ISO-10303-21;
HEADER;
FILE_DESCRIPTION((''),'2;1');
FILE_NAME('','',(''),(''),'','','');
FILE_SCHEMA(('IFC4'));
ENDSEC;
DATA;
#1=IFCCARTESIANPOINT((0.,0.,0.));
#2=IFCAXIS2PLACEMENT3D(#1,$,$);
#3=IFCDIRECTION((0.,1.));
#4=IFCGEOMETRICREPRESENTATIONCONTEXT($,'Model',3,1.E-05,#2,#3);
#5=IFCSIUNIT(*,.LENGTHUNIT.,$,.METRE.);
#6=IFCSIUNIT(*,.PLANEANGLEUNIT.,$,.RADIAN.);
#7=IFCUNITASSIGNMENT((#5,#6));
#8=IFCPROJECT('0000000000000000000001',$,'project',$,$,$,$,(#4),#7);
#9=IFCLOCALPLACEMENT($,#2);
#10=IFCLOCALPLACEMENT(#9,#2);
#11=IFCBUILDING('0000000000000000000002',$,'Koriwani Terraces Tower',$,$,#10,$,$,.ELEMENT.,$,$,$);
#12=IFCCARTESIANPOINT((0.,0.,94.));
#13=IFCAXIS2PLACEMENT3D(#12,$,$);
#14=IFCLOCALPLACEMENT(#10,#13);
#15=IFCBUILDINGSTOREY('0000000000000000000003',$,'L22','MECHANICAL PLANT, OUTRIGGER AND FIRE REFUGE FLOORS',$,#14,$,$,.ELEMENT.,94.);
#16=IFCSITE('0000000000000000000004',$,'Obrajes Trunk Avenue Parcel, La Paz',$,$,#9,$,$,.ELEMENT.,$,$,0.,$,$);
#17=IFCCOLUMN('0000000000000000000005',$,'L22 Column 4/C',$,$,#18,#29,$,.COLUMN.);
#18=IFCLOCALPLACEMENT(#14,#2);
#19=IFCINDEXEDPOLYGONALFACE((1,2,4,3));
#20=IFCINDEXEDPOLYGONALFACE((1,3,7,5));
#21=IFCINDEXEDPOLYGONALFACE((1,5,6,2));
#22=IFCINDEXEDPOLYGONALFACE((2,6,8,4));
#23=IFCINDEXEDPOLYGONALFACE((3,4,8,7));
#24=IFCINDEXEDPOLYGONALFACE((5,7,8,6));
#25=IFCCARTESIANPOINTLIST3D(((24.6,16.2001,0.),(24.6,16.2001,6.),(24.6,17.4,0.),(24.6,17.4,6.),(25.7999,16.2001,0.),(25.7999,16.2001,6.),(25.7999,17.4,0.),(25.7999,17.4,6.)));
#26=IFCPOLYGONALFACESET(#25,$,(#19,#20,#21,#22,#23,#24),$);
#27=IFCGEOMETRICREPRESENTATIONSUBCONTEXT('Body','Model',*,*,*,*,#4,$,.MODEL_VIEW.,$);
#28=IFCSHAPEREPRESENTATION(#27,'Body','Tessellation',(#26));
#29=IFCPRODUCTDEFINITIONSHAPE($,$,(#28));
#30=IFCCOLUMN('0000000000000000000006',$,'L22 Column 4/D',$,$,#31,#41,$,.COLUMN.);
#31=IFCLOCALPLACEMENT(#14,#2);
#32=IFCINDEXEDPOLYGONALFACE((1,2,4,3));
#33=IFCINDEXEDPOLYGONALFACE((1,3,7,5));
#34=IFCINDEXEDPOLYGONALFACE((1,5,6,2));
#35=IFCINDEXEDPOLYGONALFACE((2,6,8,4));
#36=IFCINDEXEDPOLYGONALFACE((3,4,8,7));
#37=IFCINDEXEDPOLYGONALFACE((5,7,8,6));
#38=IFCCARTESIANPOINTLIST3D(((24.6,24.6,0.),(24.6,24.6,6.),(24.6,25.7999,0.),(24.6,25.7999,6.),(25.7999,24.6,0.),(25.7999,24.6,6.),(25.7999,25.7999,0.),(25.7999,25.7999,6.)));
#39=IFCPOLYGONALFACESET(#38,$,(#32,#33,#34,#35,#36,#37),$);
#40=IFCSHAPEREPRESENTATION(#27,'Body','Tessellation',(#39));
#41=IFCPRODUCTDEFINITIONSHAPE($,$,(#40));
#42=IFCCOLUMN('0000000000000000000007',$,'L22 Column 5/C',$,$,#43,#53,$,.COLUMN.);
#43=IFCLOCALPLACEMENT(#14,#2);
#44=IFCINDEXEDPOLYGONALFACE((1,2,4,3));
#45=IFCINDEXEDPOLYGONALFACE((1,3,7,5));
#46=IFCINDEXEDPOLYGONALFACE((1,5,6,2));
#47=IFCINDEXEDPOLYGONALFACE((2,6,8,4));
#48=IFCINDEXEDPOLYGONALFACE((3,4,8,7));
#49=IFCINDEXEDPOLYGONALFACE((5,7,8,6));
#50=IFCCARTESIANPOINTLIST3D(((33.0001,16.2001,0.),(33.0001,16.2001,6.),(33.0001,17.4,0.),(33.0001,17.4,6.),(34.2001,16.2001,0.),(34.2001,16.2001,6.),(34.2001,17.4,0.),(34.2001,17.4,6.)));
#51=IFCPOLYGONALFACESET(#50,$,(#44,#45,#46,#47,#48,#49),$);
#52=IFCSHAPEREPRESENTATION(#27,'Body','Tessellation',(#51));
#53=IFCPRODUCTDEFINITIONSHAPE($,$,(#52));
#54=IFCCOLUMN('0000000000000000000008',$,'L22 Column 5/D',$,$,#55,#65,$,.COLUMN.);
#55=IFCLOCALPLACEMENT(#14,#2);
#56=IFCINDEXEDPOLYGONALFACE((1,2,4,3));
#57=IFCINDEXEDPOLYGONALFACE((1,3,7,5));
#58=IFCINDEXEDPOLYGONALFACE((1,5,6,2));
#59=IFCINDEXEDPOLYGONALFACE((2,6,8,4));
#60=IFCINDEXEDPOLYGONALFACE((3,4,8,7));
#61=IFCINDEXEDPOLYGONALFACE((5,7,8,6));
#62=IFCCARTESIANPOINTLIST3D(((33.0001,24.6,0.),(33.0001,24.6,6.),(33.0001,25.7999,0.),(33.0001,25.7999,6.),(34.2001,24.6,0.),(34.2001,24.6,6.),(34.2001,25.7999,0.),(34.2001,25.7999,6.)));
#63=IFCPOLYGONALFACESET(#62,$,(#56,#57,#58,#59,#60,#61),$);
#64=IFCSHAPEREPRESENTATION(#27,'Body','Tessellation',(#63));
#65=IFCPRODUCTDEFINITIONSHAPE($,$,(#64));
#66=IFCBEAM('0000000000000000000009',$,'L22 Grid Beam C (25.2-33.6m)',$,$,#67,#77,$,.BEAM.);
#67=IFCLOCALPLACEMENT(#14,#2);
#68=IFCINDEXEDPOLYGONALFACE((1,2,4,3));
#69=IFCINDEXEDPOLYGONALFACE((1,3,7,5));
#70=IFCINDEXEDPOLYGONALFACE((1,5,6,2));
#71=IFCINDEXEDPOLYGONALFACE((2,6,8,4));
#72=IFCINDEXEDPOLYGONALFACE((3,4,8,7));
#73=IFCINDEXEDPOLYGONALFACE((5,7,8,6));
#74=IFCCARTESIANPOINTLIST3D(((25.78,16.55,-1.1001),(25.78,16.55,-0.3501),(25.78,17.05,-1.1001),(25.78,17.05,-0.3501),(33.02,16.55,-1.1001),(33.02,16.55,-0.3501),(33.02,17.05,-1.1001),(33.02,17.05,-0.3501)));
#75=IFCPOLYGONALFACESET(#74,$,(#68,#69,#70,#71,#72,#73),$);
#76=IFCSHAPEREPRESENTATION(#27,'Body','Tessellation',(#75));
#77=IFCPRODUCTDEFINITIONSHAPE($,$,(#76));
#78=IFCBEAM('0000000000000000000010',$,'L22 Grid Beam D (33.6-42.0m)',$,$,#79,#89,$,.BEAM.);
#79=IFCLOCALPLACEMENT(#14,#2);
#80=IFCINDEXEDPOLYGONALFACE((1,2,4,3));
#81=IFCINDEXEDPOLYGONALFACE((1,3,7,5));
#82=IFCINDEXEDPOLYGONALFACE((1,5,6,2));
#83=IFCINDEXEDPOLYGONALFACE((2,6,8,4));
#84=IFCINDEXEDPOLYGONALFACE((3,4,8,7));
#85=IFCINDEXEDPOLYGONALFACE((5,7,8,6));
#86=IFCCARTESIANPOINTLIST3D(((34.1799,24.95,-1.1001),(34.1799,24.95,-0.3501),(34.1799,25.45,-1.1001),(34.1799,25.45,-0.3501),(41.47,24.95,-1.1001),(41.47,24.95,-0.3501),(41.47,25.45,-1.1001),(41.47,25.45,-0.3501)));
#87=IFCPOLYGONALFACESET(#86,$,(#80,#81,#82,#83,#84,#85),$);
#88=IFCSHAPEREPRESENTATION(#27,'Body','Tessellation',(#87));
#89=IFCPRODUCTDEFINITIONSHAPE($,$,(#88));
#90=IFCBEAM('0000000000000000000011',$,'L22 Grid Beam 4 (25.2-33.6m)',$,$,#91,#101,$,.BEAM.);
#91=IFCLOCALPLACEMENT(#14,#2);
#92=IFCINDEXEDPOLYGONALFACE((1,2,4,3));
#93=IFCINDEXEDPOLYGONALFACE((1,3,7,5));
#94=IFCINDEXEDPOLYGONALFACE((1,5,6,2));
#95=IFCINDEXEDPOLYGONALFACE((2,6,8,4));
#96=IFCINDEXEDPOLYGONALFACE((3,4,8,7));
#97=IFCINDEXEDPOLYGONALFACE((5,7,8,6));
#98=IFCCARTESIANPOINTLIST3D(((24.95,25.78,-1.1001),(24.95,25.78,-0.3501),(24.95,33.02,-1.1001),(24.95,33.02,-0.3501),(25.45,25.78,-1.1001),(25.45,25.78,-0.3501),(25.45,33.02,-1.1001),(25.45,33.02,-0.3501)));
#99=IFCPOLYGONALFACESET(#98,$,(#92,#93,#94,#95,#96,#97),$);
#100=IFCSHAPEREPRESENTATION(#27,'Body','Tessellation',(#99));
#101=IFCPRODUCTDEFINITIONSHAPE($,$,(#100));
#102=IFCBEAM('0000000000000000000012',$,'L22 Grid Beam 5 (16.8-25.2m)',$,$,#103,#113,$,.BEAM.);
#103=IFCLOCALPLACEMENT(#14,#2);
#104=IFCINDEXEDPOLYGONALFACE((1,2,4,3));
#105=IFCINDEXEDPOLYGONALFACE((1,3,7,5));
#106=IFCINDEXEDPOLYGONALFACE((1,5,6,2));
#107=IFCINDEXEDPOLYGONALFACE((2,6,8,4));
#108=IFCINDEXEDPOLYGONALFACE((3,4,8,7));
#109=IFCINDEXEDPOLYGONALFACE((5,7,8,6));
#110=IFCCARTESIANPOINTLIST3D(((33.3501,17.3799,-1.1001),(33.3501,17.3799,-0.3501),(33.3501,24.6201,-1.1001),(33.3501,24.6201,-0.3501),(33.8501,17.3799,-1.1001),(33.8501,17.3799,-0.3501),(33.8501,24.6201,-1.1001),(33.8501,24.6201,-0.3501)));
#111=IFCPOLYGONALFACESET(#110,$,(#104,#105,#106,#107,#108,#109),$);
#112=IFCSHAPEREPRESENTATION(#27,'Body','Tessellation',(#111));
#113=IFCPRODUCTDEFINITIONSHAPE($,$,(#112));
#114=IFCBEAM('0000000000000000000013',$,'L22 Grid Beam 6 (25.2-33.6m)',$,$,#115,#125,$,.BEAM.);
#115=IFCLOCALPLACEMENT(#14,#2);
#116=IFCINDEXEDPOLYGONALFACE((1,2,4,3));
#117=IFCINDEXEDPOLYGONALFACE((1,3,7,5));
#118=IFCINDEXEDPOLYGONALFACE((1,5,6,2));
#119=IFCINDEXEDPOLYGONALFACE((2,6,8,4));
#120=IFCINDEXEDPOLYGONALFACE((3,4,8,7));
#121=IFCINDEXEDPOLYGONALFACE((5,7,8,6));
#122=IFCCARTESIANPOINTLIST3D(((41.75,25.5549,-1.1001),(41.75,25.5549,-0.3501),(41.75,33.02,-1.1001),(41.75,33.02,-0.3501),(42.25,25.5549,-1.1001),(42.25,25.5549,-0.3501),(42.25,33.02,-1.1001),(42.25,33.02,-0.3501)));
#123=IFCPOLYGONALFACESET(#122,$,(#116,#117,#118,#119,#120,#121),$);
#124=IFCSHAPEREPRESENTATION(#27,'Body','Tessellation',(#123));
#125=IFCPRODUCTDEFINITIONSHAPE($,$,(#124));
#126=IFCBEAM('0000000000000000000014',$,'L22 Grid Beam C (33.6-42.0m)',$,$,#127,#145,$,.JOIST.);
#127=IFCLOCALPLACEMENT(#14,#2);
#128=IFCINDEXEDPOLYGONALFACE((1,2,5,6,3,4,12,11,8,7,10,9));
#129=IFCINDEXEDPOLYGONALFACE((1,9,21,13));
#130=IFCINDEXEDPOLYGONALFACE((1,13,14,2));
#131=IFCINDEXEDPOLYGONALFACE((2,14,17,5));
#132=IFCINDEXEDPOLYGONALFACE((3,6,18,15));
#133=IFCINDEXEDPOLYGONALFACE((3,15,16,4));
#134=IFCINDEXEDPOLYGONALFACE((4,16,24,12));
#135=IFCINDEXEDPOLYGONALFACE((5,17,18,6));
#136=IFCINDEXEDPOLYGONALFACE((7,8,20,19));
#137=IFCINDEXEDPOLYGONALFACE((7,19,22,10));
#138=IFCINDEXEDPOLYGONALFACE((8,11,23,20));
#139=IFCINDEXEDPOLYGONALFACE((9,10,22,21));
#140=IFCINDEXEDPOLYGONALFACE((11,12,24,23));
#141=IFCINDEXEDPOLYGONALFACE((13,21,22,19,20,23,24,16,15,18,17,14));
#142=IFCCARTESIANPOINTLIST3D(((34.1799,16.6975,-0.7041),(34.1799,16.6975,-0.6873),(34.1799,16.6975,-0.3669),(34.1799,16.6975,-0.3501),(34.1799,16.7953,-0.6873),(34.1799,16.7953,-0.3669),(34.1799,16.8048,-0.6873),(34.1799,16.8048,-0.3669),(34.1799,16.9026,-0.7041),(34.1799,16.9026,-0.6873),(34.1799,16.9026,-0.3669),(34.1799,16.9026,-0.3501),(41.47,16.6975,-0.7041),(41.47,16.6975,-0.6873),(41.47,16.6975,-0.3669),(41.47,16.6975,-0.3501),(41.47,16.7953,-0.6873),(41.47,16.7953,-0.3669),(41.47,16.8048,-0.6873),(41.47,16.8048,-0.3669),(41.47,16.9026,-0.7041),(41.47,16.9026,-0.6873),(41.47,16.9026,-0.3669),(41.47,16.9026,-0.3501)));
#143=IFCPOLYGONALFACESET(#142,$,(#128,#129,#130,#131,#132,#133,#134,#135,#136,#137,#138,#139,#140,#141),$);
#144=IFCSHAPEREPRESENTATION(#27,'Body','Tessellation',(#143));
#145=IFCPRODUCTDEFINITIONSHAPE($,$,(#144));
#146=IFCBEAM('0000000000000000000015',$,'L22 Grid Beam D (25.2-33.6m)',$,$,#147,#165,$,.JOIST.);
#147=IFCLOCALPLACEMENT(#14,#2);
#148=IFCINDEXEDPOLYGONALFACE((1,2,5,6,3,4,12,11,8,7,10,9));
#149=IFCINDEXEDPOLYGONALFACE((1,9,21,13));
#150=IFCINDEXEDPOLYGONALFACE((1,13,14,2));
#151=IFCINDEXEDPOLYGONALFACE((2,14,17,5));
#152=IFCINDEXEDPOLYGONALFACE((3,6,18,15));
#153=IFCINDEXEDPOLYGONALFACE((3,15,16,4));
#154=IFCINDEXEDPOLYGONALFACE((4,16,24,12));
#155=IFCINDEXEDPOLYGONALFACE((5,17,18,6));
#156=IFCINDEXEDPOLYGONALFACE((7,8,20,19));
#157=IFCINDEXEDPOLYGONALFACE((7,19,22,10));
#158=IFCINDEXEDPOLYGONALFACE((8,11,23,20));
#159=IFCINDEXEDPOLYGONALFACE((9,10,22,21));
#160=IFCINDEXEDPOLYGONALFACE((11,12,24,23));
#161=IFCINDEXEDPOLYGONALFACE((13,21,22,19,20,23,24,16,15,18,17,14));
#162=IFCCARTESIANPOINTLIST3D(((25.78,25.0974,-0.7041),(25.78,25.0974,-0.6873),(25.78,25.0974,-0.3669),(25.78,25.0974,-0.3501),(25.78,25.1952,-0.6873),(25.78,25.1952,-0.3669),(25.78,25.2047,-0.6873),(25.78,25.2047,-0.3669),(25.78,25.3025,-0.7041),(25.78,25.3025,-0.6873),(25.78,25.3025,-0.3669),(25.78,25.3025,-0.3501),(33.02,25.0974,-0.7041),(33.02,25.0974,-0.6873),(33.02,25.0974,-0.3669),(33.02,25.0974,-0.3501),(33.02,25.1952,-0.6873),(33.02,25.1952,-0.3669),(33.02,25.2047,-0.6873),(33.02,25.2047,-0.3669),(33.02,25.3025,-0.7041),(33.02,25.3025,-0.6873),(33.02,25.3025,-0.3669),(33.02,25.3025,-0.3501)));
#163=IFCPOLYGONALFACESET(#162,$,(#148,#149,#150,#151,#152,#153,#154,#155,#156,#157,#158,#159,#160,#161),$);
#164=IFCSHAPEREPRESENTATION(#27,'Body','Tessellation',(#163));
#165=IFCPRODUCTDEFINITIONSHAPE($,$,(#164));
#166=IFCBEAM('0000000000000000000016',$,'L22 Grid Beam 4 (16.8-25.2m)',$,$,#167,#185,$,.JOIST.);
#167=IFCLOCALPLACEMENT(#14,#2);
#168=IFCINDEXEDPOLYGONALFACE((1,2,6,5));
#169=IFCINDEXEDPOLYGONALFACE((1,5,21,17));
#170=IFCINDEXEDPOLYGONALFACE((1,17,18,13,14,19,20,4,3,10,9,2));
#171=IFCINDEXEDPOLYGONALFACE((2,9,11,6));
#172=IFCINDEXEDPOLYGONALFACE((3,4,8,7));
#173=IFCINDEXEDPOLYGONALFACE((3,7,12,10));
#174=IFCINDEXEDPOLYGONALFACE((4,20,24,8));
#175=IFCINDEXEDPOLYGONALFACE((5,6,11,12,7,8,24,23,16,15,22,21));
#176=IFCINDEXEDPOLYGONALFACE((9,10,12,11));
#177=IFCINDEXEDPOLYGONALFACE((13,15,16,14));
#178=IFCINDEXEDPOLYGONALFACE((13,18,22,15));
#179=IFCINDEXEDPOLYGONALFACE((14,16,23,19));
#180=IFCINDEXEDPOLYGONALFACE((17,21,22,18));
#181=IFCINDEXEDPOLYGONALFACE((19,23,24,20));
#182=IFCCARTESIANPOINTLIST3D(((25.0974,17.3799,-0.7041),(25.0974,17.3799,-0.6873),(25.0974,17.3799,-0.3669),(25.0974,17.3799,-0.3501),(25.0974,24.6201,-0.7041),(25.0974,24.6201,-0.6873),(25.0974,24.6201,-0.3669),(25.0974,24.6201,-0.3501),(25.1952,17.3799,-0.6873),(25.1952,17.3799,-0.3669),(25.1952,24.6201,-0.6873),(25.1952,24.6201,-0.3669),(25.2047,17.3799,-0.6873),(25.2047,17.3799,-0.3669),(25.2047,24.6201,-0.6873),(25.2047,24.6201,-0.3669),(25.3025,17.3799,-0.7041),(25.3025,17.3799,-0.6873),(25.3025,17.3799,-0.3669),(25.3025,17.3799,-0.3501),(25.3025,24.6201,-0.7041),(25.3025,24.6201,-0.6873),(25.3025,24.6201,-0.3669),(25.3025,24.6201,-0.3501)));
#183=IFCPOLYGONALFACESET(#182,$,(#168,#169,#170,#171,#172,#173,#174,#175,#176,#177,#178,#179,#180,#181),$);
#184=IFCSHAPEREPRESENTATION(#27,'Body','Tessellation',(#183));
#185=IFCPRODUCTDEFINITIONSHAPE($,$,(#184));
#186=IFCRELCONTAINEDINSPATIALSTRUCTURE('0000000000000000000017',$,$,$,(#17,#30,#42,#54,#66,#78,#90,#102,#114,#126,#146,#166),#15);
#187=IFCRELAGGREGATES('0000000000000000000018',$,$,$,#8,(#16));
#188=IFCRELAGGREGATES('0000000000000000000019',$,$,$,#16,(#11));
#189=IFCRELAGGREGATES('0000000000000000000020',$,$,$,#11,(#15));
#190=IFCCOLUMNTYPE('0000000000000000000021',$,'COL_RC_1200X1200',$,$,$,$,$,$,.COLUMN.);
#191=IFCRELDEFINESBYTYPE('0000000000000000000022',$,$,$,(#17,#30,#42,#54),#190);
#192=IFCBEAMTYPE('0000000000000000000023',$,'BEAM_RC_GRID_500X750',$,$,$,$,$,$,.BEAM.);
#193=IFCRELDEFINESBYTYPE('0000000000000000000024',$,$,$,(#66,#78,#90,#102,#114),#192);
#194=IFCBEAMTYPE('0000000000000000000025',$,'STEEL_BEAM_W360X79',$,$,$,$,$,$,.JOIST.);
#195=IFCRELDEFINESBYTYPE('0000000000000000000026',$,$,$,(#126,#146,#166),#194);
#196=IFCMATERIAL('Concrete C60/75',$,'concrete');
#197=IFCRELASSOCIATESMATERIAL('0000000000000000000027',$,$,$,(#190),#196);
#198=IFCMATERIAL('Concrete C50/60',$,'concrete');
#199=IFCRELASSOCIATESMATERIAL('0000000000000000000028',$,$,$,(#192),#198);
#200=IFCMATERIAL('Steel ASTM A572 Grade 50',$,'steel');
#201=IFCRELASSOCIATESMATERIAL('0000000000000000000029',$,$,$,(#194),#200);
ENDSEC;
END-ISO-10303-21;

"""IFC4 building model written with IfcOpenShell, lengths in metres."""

from ifc_helpers import new_model, si_unit, direction, frame, origin, origin_2d, place, context, subcontext, project, spatial, rectangle, i_section, extrude, material, material_profile, profile_set, type_object, element, save


model = new_model("IFC4")

# Units and contexts
model_context = context("Model", 3, precision=1e-05, world=origin(), true_north=direction((0.0, 1.0)))
body_context = subcontext(model_context, "Body", "Model", "MODEL_VIEW")
ifc_project = project(units=[si_unit("LENGTHUNIT", "METRE"), si_unit("PLANEANGLEUNIT", "RADIAN")], contexts=[model_context])

# Site, building, storey
site_placement = place(None, origin())
site = spatial("IfcSite", under=ifc_project, at=site_placement, Name="Obrajes Trunk Avenue Parcel, La Paz", CompositionType="ELEMENT", RefElevation=0.0)
building_placement = place(site_placement, origin())
building = spatial("IfcBuilding", under=site, at=building_placement, Name="Koriwani Terraces Tower", CompositionType="ELEMENT")
storey_placement = place(building_placement, frame((0.0, 0.0, 94.0)))
storey = spatial("IfcBuildingStorey", under=building, at=storey_placement, Name="L22", Description="MECHANICAL PLANT, OUTRIGGER AND FIRE REFUGE FLOORS", CompositionType="ELEMENT", Elevation=94.0)

# Columns
ifc_material_1 = material(Name="Concrete C60/75", Category="concrete")
ifc_material_profile_1 = material_profile(ifc_material_1, rectangle(XDim=1.2, YDim=1.2, at=origin_2d()), Name="Concrete C60/75", Category="LoadBearing")
ifc_profile_set_1 = profile_set([ifc_material_profile_1], Name="Concrete C60/75")
column_type = type_object("IfcColumnType", Name="COL_RC_1200X1200", PredefinedType="COLUMN", material=ifc_profile_set_1)
for number, where, z_axis, x_axis, name in (
    (1, (25.2, 16.8, 0.0), (0.0, 0.0, 1.0), (1.0, 0.0, 0.0), "L22 Column 4/C"),
    (2, (25.2, 25.2, 0.0), (0.0, 0.0, 1.0), (1.0, 0.0, 0.0), "L22 Column 4/D"),
    (3, (33.6001, 16.8, 0.0), (0.0, 0.0, 1.0), (1.0, 0.0, 0.0), "L22 Column 5/C"),
    (4, (33.6001, 25.2, 0.0), (0.0, 0.0, 1.0), (1.0, 0.0, 0.0), "L22 Column 5/D"),
):
    element("IfcColumn", number, at=place(storey_placement, frame(where, z_axis=z_axis, x_axis=x_axis)), inside=storey, type_object=column_type, Name=name, PredefinedType="COLUMN", context=body_context, shape_type="SweptSolid", body=[
        extrude(rectangle(XDim=1.2, YDim=1.2, at=origin_2d()), origin(), (0.0, 0.0, 1.0), 6.0),
    ])

# Beams
ifc_material_2 = material(Name="Concrete C50/60", Category="concrete")
ifc_material_profile_2 = material_profile(ifc_material_2, rectangle(XDim=0.5, YDim=0.75, at=origin_2d()), Name="Concrete C50/60", Category="LoadBearing")
ifc_profile_set_2 = profile_set([ifc_material_profile_2], Name="Concrete C50/60")
beam_type_1 = type_object("IfcBeamType", Name="BEAM_RC_GRID_500X750", PredefinedType="BEAM", material=ifc_profile_set_2)
beam_1_placement = place(storey_placement, frame((25.78, 16.8, -0.7251), z_axis=(1.0, 0.0, 0.0), x_axis=(0.0, 1.0, 0.0)))
element("IfcBeam", 5, at=beam_1_placement, inside=storey, type_object=beam_type_1, Name="L22 Grid Beam C (25.2-33.6m)", PredefinedType="BEAM", context=body_context, shape_type="SweptSolid", body=[
    extrude(rectangle(XDim=0.5, YDim=0.75, at=origin_2d()), origin(), (0.0, 0.0, 1.0), 7.24),
])
beam_2_placement = place(storey_placement, frame((34.1799, 25.2, -0.7251), z_axis=(1.0, 0.0, 0.0), x_axis=(0.0, 1.0, 0.0)))
element("IfcBeam", 6, at=beam_2_placement, inside=storey, type_object=beam_type_1, Name="L22 Grid Beam D (33.6-42.0m)", PredefinedType="BEAM", context=body_context, shape_type="SweptSolid", body=[
    extrude(rectangle(XDim=0.5, YDim=0.75, at=origin_2d()), origin(), (0.0, 0.0, 1.0), 7.29),
])
beam_3_placement = place(storey_placement, frame((25.2, 25.78, -0.7251), z_axis=(0.0, 1.0, 0.0), x_axis=(-1.0, 0.0, 0.0)))
element("IfcBeam", 7, at=beam_3_placement, inside=storey, type_object=beam_type_1, Name="L22 Grid Beam 4 (25.2-33.6m)", PredefinedType="BEAM", context=body_context, shape_type="SweptSolid", body=[
    extrude(rectangle(XDim=0.5, YDim=0.75, at=origin_2d()), origin(), (0.0, 0.0, 1.0), 7.24),
])
beam_4_placement = place(storey_placement, frame((33.6001, 17.3799, -0.7251), z_axis=(0.0, 1.0, 0.0), x_axis=(-1.0, 0.0, 0.0)))
element("IfcBeam", 8, at=beam_4_placement, inside=storey, type_object=beam_type_1, Name="L22 Grid Beam 5 (16.8-25.2m)", PredefinedType="BEAM", context=body_context, shape_type="SweptSolid", body=[
    extrude(rectangle(XDim=0.5, YDim=0.75, at=origin_2d()), origin(), (0.0, 0.0, 1.0), 7.2402),
])
beam_5_placement = place(storey_placement, frame((42.0, 25.5549, -0.7251), z_axis=(0.0, 1.0, 0.0), x_axis=(-1.0, 0.0, 0.0)))
element("IfcBeam", 9, at=beam_5_placement, inside=storey, type_object=beam_type_1, Name="L22 Grid Beam 6 (25.2-33.6m)", PredefinedType="BEAM", context=body_context, shape_type="SweptSolid", body=[
    extrude(rectangle(XDim=0.5, YDim=0.75, at=origin_2d()), origin(), (0.0, 0.0, 1.0), 7.4651),
])
ifc_material_3 = material(Name="Steel ASTM A572 Grade 50", Category="steel")
ifc_material_profile_3 = material_profile(ifc_material_3, i_section(OverallWidth=0.2051, OverallDepth=0.354, WebThickness=0.0095, FlangeThickness=0.0168, at=origin_2d()), Name="Steel ASTM A572 Grade 50", Category="LoadBearing")
ifc_profile_set_3 = profile_set([ifc_material_profile_3], Name="Steel ASTM A572 Grade 50")
beam_type_2 = type_object("IfcBeamType", Name="STEEL_BEAM_W360X79", PredefinedType="JOIST", material=ifc_profile_set_3)
beam_6_placement = place(storey_placement, frame((34.1799, 16.8, -0.5271), z_axis=(1.0, 0.0, 0.0), x_axis=(0.0, 1.0, 0.0)))
element("IfcBeam", 10, at=beam_6_placement, inside=storey, type_object=beam_type_2, Name="L22 Grid Beam C (33.6-42.0m)", PredefinedType="JOIST", context=body_context, shape_type="SweptSolid", body=[
    extrude(i_section(OverallWidth=0.2051, OverallDepth=0.354, WebThickness=0.0095, FlangeThickness=0.0168, at=origin_2d()), origin(), (0.0, 0.0, 1.0), 7.29),
])
beam_7_placement = place(storey_placement, frame((25.78, 25.2, -0.5271), z_axis=(1.0, 0.0, 0.0), x_axis=(0.0, 1.0, 0.0)))
element("IfcBeam", 11, at=beam_7_placement, inside=storey, type_object=beam_type_2, Name="L22 Grid Beam D (25.2-33.6m)", PredefinedType="JOIST", context=body_context, shape_type="SweptSolid", body=[
    extrude(i_section(OverallWidth=0.2051, OverallDepth=0.354, WebThickness=0.0095, FlangeThickness=0.0168, at=origin_2d()), origin(), (0.0, 0.0, 1.0), 7.24),
])
beam_8_placement = place(storey_placement, frame((25.2, 17.3799, -0.5271), z_axis=(0.0, 1.0, 0.0), x_axis=(-1.0, 0.0, 0.0)))
element("IfcBeam", 12, at=beam_8_placement, inside=storey, type_object=beam_type_2, Name="L22 Grid Beam 4 (16.8-25.2m)", PredefinedType="JOIST", context=body_context, shape_type="SweptSolid", body=[
    extrude(i_section(OverallWidth=0.2051, OverallDepth=0.354, WebThickness=0.0095, FlangeThickness=0.0168, at=origin_2d()), origin(), (0.0, 0.0, 1.0), 7.2402),
])

save(model, "model.ifc")
